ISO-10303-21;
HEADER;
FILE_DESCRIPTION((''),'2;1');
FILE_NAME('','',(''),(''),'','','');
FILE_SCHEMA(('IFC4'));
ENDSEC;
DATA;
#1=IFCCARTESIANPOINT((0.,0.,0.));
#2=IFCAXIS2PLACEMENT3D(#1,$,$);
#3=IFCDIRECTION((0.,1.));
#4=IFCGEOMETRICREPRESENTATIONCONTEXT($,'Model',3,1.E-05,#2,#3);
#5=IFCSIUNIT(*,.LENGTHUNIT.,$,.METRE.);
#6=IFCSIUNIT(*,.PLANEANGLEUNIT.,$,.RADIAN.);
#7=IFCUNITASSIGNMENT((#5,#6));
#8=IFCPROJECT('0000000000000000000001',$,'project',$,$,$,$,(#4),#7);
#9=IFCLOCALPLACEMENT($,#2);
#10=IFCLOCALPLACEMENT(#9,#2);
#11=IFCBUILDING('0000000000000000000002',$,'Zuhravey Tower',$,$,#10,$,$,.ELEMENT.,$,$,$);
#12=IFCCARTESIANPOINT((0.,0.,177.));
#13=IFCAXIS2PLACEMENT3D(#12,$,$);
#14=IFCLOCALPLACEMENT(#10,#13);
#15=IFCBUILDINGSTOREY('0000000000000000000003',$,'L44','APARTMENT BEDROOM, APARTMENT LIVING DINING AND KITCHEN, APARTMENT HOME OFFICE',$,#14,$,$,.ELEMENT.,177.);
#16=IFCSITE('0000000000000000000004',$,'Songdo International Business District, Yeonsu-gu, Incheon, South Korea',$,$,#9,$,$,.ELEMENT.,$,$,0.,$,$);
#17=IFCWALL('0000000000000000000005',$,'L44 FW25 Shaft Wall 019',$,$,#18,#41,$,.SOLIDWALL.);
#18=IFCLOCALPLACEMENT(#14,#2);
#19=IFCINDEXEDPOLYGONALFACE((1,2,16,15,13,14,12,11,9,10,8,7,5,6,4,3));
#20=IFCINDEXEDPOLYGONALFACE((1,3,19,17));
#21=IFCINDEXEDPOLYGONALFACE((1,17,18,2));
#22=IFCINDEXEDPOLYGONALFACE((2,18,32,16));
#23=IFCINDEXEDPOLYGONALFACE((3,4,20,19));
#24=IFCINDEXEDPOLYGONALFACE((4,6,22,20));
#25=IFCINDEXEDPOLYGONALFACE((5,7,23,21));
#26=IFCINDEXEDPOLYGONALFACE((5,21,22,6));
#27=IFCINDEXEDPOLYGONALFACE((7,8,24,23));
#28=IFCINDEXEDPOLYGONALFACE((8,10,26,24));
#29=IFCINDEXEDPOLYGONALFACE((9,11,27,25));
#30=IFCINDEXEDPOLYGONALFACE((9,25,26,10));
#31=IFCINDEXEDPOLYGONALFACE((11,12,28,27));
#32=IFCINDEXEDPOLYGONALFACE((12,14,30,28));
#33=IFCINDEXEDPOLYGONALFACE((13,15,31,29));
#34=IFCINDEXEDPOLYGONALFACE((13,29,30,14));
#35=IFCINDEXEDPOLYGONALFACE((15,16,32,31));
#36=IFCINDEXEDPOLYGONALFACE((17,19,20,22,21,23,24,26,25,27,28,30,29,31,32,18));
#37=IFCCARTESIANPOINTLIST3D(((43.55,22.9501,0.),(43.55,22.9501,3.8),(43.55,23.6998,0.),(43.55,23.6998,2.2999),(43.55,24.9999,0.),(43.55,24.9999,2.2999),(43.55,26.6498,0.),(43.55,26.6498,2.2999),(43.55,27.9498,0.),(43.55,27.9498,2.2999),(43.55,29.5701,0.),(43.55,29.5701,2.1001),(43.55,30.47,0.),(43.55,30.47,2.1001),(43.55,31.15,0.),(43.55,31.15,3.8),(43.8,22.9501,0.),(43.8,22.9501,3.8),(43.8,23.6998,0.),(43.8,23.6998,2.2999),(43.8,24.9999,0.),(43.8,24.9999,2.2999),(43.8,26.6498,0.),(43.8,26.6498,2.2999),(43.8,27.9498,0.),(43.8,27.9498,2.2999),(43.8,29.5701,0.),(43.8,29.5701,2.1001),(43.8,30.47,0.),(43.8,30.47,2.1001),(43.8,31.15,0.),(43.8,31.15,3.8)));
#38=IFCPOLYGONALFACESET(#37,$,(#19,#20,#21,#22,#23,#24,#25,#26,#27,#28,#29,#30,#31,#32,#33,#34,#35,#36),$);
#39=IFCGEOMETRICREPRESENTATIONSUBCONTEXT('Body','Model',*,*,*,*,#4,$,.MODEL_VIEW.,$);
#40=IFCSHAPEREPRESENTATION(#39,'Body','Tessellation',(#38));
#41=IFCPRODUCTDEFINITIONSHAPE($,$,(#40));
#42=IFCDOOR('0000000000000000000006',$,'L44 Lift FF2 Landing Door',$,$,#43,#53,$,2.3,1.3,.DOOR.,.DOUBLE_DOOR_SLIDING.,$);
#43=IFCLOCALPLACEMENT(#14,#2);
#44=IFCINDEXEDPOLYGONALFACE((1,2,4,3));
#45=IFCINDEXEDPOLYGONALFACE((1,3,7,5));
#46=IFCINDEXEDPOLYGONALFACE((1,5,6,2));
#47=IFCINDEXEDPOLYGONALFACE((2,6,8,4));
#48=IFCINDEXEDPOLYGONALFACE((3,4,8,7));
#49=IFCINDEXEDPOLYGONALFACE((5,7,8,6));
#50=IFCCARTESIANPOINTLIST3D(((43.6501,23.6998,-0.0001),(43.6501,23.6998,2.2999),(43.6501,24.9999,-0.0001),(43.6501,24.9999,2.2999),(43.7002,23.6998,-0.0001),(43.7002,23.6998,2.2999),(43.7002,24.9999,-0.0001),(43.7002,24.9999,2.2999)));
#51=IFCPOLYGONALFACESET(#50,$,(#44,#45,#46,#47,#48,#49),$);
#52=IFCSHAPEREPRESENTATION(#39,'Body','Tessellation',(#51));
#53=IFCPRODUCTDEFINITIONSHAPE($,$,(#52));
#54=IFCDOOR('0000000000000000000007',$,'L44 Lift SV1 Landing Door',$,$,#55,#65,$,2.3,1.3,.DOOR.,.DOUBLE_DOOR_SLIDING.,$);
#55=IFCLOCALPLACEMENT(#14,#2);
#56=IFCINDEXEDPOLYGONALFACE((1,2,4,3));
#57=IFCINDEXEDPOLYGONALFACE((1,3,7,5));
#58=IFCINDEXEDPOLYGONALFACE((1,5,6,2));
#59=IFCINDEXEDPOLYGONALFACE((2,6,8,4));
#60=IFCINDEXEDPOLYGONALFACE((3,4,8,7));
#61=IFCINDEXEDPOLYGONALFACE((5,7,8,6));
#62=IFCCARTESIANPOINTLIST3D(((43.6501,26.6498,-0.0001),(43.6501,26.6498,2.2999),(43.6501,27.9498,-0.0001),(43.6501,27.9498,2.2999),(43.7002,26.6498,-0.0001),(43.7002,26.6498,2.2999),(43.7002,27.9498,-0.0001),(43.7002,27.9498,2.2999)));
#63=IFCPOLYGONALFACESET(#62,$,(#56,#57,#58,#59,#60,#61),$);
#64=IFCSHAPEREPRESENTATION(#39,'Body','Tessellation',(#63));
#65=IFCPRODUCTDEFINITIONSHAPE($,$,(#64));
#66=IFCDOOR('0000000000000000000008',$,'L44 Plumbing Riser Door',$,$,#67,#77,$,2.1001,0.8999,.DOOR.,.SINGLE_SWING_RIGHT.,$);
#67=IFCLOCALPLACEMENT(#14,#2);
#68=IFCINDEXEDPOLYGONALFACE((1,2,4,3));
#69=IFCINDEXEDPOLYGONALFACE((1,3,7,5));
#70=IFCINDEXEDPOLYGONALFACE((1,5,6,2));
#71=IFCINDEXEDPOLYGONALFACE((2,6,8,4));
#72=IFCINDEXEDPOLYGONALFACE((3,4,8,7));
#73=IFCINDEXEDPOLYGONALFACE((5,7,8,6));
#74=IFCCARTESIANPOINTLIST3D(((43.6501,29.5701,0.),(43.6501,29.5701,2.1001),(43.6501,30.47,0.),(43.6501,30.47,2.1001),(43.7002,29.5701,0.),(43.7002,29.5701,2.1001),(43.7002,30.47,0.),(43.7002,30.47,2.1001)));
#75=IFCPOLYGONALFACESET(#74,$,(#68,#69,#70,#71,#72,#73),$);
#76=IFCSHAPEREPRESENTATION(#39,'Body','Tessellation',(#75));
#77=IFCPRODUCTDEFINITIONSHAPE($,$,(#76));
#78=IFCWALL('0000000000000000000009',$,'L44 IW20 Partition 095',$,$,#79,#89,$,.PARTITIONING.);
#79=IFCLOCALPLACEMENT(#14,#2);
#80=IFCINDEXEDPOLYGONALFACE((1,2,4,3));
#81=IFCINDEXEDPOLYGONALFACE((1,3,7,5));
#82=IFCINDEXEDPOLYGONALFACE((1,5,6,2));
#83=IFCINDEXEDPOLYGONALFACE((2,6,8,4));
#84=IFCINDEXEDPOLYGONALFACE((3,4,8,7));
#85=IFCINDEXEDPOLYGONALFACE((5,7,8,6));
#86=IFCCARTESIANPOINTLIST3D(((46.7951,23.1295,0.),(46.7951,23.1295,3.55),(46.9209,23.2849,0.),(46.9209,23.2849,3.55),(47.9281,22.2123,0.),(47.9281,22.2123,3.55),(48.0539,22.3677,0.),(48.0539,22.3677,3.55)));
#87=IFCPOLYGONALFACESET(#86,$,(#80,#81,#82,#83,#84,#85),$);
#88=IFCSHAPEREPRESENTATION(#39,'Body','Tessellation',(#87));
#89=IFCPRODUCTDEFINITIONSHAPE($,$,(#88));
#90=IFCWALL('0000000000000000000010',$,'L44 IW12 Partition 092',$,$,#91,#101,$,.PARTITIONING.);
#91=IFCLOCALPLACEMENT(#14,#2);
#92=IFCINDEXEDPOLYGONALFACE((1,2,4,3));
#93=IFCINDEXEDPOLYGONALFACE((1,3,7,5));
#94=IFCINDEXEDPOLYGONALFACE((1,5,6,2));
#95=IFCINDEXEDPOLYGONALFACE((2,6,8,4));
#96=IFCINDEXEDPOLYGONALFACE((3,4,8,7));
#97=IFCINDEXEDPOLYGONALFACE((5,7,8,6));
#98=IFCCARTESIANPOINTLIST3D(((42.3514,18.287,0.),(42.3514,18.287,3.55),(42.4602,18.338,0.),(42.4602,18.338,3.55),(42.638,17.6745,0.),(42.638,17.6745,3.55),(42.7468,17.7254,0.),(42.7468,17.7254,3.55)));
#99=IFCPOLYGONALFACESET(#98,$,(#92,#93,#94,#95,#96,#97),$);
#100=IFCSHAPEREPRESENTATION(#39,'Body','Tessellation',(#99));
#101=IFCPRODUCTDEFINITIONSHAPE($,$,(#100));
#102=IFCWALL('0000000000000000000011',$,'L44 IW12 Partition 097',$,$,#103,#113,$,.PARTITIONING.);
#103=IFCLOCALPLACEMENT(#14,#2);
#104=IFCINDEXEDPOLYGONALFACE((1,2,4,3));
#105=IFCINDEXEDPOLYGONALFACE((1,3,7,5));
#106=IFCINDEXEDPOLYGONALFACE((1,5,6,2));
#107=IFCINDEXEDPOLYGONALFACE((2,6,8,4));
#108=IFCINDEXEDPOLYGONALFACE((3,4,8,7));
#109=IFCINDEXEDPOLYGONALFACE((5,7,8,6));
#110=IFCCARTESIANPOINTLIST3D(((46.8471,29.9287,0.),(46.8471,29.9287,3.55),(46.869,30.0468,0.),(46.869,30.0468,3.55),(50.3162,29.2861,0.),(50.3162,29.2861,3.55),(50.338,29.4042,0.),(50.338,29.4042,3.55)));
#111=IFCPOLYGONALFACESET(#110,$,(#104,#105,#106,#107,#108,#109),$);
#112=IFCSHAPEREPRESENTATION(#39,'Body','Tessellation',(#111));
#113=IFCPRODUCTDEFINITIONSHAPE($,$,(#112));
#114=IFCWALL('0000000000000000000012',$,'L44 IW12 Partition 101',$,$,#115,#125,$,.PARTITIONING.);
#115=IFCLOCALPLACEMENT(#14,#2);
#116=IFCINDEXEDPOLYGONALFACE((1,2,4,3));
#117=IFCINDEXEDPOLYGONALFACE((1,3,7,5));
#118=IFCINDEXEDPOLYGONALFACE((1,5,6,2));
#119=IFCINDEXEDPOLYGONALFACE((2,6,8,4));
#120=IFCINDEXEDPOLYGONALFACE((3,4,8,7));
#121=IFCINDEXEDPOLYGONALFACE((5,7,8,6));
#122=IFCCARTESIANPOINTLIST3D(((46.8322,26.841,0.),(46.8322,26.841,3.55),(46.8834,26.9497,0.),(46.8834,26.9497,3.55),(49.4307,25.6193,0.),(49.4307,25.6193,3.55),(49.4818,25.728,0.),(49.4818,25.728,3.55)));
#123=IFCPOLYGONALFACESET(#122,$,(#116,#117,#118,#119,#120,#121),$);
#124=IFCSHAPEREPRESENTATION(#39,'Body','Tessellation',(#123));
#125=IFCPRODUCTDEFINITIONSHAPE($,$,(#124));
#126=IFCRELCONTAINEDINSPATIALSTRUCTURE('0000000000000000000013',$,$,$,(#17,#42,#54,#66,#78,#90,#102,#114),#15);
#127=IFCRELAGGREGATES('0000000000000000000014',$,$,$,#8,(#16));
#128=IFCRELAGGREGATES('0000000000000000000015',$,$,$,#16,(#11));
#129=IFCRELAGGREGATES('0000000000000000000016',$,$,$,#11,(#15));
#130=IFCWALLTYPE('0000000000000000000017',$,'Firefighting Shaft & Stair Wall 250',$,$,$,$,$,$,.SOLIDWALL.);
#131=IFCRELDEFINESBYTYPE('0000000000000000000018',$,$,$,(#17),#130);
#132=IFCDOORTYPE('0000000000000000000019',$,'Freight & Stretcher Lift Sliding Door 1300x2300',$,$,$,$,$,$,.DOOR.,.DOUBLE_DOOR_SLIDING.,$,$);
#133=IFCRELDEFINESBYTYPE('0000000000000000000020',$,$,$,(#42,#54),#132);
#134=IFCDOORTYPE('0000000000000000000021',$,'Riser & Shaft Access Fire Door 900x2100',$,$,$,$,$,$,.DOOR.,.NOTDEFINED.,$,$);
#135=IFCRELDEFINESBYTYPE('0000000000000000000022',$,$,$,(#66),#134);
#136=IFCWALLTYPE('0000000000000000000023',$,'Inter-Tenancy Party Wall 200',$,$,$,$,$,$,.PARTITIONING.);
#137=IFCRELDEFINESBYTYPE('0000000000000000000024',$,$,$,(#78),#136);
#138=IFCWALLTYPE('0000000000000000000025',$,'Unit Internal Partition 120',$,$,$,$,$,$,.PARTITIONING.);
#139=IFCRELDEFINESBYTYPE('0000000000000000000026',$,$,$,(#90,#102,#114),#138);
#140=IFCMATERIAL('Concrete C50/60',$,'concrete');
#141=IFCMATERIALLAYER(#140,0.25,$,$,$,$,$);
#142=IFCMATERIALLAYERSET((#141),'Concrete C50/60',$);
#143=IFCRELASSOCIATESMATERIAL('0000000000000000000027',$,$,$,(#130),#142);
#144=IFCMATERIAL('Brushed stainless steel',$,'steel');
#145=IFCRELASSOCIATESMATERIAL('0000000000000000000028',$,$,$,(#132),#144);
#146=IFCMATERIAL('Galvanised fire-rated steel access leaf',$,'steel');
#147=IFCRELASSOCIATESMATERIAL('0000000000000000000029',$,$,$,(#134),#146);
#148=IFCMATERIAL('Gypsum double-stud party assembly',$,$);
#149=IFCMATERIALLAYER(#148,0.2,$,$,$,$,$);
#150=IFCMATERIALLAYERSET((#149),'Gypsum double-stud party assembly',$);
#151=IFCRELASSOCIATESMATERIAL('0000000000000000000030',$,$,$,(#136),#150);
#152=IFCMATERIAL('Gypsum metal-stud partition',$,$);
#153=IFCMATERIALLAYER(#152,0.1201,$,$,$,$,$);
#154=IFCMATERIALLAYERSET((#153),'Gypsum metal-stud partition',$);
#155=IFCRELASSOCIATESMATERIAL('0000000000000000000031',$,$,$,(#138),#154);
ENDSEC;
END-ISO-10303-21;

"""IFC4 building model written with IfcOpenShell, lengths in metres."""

from ifc_helpers import new_model, si_unit, direction, frame, frame_2d, origin, place, context, subcontext, project, spatial, rectangle, extrude, material, layer, layer_set, type_object, element, fill, save


model = new_model("IFC4")

# Units and contexts
model_context = context("Model", 3, precision=1e-05, world=origin(), true_north=direction((0.0, 1.0)))
body_context = subcontext(model_context, "Body", "Model", "MODEL_VIEW")
ifc_project = project(units=[si_unit("LENGTHUNIT", "METRE"), si_unit("PLANEANGLEUNIT", "RADIAN")], contexts=[model_context])

# Site, building, storey
site_placement = place(None, origin())
site = spatial("IfcSite", under=ifc_project, at=site_placement, Name="Songdo International Business District, Yeonsu-gu, Incheon, South Korea", CompositionType="ELEMENT", RefElevation=0.0)
building_placement = place(site_placement, origin())
building = spatial("IfcBuilding", under=site, at=building_placement, Name="Zuhravey Tower", CompositionType="ELEMENT")
storey_placement = place(building_placement, frame((0.0, 0.0, 177.0)))
storey = spatial("IfcBuildingStorey", under=building, at=storey_placement, Name="L44", Description="APARTMENT BEDROOM, APARTMENT LIVING DINING AND KITCHEN, APARTMENT HOME OFFICE", CompositionType="ELEMENT", Elevation=177.0)

# Shared definitions
ifc_material_1 = material(Name="Concrete C50/60", Category="concrete")
ifc_layer_1 = layer(ifc_material_1, 0.25)
ifc_layer_set_1 = layer_set([ifc_layer_1], Name="Concrete C50/60")
wall_type_1 = type_object("IfcWallType", Name="Firefighting Shaft & Stair Wall 250", PredefinedType="SOLIDWALL", material=ifc_layer_set_1)

# Wall, openings, doors
wall_1_placement = place(storey_placement, frame((43.675, 22.95, 0.0), z_axis=(0.0, 0.0, 1.0), x_axis=(0.0, 1.0, 0.0)))
wall_1 = element("IfcWall", 1, at=wall_1_placement, inside=storey, type_object=wall_type_1, Name="L44 FW25 Shaft Wall 019", PredefinedType="SOLIDWALL", context=body_context, shape_type="SweptSolid", body=[
    extrude(rectangle(XDim=8.2, YDim=0.25, at=frame_2d((4.1001, 0.0))), origin(), (0.0, 0.0, 1.0), 3.8),
])
opening_1_placement = place(wall_1_placement, frame((0.75, 0.0, 0.0)))
opening_1 = element("IfcOpeningElement", 2, at=opening_1_placement, cuts=wall_1, PredefinedType="OPENING", context=body_context, shape_type="SweptSolid", body=[
    extrude(rectangle(XDim=1.3, YDim=2.3, at=frame_2d((0.6499, 1.1499))), frame((0.0, 0.137, 0.0), z_axis=(0.0, -1.0, 0.0), x_axis=(1.0, 0.0, 0.0)), (0.0, 0.0, 1.0), 0.2739),
])
opening_2_placement = place(wall_1_placement, frame((3.7, 0.0, 0.0)))
opening_2 = element("IfcOpeningElement", 3, at=opening_2_placement, cuts=wall_1, PredefinedType="OPENING", context=body_context, shape_type="SweptSolid", body=[
    extrude(rectangle(XDim=1.3, YDim=2.3, at=frame_2d((0.6499, 1.1499))), frame((0.0, 0.137, 0.0), z_axis=(0.0, -1.0, 0.0), x_axis=(1.0, 0.0, 0.0)), (0.0, 0.0, 1.0), 0.2739),
])
opening_3_placement = place(wall_1_placement, frame((6.6201, 0.0, 0.0)))
opening_3 = element("IfcOpeningElement", 4, at=opening_3_placement, cuts=wall_1, PredefinedType="OPENING", context=body_context, shape_type="SweptSolid", body=[
    extrude(rectangle(XDim=0.8999, YDim=2.1001, at=frame_2d((0.45, 1.05))), frame((0.0, 0.137, 0.0), z_axis=(0.0, -1.0, 0.0), x_axis=(1.0, 0.0, 0.0)), (0.0, 0.0, 1.0), 0.2739),
])
ifc_material_2 = material(Name="Brushed stainless steel", Category="steel")
door_type_1 = type_object("IfcDoorType", Name="Freight & Stretcher Lift Sliding Door 1300x2300", OperationType="DOUBLE_DOOR_SLIDING", PredefinedType="DOOR", material=ifc_material_2)
door_1_placement = place(opening_1_placement, origin())
door_1 = element("IfcDoor", 5, at=door_1_placement, inside=storey, type_object=door_type_1, Name="L44 Lift FF2 Landing Door", OperationType="DOUBLE_DOOR_SLIDING", OverallHeight=2.3, OverallWidth=1.3, PredefinedType="DOOR", context=body_context, shape_type="SweptSolid", body=[
    extrude(rectangle(XDim=1.3, YDim=2.3, at=frame_2d((0.6499, 1.1499))), frame((0.0, 0.0249, 0.0), z_axis=(0.0, -1.0, 0.0), x_axis=(1.0, 0.0, 0.0)), (0.0, 0.0, 1.0), 0.05),
])
fill(opening_1, door_1)
door_2_placement = place(opening_2_placement, origin())
door_2 = element("IfcDoor", 6, at=door_2_placement, inside=storey, type_object=door_type_1, Name="L44 Lift SV1 Landing Door", OperationType="DOUBLE_DOOR_SLIDING", OverallHeight=2.3, OverallWidth=1.3, PredefinedType="DOOR", context=body_context, shape_type="SweptSolid", body=[
    extrude(rectangle(XDim=1.3, YDim=2.3, at=frame_2d((0.6499, 1.1499))), frame((0.0, 0.0249, 0.0), z_axis=(0.0, -1.0, 0.0), x_axis=(1.0, 0.0, 0.0)), (0.0, 0.0, 1.0), 0.05),
])
fill(opening_2, door_2)
ifc_material_3 = material(Name="Galvanised fire-rated steel access leaf", Category="steel")
door_type_2 = type_object("IfcDoorType", Name="Riser & Shaft Access Fire Door 900x2100", OperationType="NOTDEFINED", PredefinedType="DOOR", material=ifc_material_3)
door_3_placement = place(opening_3_placement, origin())
door_3 = element("IfcDoor", 7, at=door_3_placement, inside=storey, type_object=door_type_2, Name="L44 Plumbing Riser Door", OperationType="SINGLE_SWING_RIGHT", OverallHeight=2.1001, OverallWidth=0.8999, PredefinedType="DOOR", context=body_context, shape_type="SweptSolid", body=[
    extrude(rectangle(XDim=0.8999, YDim=2.1001, at=frame_2d((0.45, 1.05))), frame((0.0, 0.0249, 0.0), z_axis=(0.0, -1.0, 0.0), x_axis=(1.0, 0.0, 0.0)), (0.0, 0.0, 1.0), 0.05),
])
fill(opening_3, door_3)

# Walls
ifc_material_4 = material(Name="Gypsum double-stud party assembly")
ifc_layer_2 = layer(ifc_material_4, 0.2)
ifc_layer_set_2 = layer_set([ifc_layer_2], Name="Gypsum double-stud party assembly")
wall_type_2 = type_object("IfcWallType", Name="Inter-Tenancy Party Wall 200", PredefinedType="PARTITIONING", material=ifc_layer_set_2)
wall_2_placement = place(storey_placement, frame((46.8579, 23.2073, 0.0), z_axis=(0.0, 0.0, 1.0), x_axis=(0.777245, -0.629198, 0.0)))
element("IfcWall", 8, at=wall_2_placement, inside=storey, type_object=wall_type_2, Name="L44 IW20 Partition 095", PredefinedType="PARTITIONING", context=body_context, shape_type="SweptSolid", body=[
    extrude(rectangle(XDim=1.4578, YDim=0.2, at=frame_2d((0.729, 0.0))), origin(), (0.0, 0.0, 1.0), 3.55),
])
ifc_material_5 = material(Name="Gypsum metal-stud partition")
ifc_layer_3 = layer(ifc_material_5, 0.1201)
ifc_layer_set_3 = layer_set([ifc_layer_3], Name="Gypsum metal-stud partition")
wall_type_3 = type_object("IfcWallType", Name="Unit Internal Partition 120", PredefinedType="PARTITIONING", material=ifc_layer_set_3)
wall_3_placement = place(storey_placement, frame((42.4058, 18.3125, 0.0), z_axis=(0.0, 0.0, 1.0), x_axis=(0.423814, -0.905749, 0.0)))
element("IfcWall", 9, at=wall_3_placement, inside=storey, type_object=wall_type_3, Name="L44 IW12 Partition 092", PredefinedType="PARTITIONING", context=body_context, shape_type="SweptSolid", body=[
    extrude(rectangle(XDim=0.6763, YDim=0.1201, at=frame_2d((0.3381, 0.0))), origin(), (0.0, 0.0, 1.0), 3.55),
])
wall_4_placement = place(storey_placement, frame((46.8579, 29.9878, 0.0), z_axis=(0.0, 0.0, 1.0), x_axis=(0.983273, -0.182136, 0.0)))
element("IfcWall", 10, at=wall_4_placement, inside=storey, type_object=wall_type_3, Name="L44 IW12 Partition 097", PredefinedType="PARTITIONING", context=body_context, shape_type="SweptSolid", body=[
    extrude(rectangle(XDim=3.5281, YDim=0.1201, at=frame_2d((1.7642, 0.0))), origin(), (0.0, 0.0, 1.0), 3.55),
])
wall_5_placement = place(storey_placement, frame((46.8579, 26.8953, 0.0), z_axis=(0.0, 0.0, 1.0), x_axis=(0.904965, -0.425486, 0.0)))
element("IfcWall", 11, at=wall_5_placement, inside=storey, type_object=wall_type_3, Name="L44 IW12 Partition 101", PredefinedType="PARTITIONING", context=body_context, shape_type="SweptSolid", body=[
    extrude(rectangle(XDim=2.8713, YDim=0.1201, at=frame_2d((1.4355, 0.0))), origin(), (0.0, 0.0, 1.0), 3.55),
])

save(model, "model.ifc")
